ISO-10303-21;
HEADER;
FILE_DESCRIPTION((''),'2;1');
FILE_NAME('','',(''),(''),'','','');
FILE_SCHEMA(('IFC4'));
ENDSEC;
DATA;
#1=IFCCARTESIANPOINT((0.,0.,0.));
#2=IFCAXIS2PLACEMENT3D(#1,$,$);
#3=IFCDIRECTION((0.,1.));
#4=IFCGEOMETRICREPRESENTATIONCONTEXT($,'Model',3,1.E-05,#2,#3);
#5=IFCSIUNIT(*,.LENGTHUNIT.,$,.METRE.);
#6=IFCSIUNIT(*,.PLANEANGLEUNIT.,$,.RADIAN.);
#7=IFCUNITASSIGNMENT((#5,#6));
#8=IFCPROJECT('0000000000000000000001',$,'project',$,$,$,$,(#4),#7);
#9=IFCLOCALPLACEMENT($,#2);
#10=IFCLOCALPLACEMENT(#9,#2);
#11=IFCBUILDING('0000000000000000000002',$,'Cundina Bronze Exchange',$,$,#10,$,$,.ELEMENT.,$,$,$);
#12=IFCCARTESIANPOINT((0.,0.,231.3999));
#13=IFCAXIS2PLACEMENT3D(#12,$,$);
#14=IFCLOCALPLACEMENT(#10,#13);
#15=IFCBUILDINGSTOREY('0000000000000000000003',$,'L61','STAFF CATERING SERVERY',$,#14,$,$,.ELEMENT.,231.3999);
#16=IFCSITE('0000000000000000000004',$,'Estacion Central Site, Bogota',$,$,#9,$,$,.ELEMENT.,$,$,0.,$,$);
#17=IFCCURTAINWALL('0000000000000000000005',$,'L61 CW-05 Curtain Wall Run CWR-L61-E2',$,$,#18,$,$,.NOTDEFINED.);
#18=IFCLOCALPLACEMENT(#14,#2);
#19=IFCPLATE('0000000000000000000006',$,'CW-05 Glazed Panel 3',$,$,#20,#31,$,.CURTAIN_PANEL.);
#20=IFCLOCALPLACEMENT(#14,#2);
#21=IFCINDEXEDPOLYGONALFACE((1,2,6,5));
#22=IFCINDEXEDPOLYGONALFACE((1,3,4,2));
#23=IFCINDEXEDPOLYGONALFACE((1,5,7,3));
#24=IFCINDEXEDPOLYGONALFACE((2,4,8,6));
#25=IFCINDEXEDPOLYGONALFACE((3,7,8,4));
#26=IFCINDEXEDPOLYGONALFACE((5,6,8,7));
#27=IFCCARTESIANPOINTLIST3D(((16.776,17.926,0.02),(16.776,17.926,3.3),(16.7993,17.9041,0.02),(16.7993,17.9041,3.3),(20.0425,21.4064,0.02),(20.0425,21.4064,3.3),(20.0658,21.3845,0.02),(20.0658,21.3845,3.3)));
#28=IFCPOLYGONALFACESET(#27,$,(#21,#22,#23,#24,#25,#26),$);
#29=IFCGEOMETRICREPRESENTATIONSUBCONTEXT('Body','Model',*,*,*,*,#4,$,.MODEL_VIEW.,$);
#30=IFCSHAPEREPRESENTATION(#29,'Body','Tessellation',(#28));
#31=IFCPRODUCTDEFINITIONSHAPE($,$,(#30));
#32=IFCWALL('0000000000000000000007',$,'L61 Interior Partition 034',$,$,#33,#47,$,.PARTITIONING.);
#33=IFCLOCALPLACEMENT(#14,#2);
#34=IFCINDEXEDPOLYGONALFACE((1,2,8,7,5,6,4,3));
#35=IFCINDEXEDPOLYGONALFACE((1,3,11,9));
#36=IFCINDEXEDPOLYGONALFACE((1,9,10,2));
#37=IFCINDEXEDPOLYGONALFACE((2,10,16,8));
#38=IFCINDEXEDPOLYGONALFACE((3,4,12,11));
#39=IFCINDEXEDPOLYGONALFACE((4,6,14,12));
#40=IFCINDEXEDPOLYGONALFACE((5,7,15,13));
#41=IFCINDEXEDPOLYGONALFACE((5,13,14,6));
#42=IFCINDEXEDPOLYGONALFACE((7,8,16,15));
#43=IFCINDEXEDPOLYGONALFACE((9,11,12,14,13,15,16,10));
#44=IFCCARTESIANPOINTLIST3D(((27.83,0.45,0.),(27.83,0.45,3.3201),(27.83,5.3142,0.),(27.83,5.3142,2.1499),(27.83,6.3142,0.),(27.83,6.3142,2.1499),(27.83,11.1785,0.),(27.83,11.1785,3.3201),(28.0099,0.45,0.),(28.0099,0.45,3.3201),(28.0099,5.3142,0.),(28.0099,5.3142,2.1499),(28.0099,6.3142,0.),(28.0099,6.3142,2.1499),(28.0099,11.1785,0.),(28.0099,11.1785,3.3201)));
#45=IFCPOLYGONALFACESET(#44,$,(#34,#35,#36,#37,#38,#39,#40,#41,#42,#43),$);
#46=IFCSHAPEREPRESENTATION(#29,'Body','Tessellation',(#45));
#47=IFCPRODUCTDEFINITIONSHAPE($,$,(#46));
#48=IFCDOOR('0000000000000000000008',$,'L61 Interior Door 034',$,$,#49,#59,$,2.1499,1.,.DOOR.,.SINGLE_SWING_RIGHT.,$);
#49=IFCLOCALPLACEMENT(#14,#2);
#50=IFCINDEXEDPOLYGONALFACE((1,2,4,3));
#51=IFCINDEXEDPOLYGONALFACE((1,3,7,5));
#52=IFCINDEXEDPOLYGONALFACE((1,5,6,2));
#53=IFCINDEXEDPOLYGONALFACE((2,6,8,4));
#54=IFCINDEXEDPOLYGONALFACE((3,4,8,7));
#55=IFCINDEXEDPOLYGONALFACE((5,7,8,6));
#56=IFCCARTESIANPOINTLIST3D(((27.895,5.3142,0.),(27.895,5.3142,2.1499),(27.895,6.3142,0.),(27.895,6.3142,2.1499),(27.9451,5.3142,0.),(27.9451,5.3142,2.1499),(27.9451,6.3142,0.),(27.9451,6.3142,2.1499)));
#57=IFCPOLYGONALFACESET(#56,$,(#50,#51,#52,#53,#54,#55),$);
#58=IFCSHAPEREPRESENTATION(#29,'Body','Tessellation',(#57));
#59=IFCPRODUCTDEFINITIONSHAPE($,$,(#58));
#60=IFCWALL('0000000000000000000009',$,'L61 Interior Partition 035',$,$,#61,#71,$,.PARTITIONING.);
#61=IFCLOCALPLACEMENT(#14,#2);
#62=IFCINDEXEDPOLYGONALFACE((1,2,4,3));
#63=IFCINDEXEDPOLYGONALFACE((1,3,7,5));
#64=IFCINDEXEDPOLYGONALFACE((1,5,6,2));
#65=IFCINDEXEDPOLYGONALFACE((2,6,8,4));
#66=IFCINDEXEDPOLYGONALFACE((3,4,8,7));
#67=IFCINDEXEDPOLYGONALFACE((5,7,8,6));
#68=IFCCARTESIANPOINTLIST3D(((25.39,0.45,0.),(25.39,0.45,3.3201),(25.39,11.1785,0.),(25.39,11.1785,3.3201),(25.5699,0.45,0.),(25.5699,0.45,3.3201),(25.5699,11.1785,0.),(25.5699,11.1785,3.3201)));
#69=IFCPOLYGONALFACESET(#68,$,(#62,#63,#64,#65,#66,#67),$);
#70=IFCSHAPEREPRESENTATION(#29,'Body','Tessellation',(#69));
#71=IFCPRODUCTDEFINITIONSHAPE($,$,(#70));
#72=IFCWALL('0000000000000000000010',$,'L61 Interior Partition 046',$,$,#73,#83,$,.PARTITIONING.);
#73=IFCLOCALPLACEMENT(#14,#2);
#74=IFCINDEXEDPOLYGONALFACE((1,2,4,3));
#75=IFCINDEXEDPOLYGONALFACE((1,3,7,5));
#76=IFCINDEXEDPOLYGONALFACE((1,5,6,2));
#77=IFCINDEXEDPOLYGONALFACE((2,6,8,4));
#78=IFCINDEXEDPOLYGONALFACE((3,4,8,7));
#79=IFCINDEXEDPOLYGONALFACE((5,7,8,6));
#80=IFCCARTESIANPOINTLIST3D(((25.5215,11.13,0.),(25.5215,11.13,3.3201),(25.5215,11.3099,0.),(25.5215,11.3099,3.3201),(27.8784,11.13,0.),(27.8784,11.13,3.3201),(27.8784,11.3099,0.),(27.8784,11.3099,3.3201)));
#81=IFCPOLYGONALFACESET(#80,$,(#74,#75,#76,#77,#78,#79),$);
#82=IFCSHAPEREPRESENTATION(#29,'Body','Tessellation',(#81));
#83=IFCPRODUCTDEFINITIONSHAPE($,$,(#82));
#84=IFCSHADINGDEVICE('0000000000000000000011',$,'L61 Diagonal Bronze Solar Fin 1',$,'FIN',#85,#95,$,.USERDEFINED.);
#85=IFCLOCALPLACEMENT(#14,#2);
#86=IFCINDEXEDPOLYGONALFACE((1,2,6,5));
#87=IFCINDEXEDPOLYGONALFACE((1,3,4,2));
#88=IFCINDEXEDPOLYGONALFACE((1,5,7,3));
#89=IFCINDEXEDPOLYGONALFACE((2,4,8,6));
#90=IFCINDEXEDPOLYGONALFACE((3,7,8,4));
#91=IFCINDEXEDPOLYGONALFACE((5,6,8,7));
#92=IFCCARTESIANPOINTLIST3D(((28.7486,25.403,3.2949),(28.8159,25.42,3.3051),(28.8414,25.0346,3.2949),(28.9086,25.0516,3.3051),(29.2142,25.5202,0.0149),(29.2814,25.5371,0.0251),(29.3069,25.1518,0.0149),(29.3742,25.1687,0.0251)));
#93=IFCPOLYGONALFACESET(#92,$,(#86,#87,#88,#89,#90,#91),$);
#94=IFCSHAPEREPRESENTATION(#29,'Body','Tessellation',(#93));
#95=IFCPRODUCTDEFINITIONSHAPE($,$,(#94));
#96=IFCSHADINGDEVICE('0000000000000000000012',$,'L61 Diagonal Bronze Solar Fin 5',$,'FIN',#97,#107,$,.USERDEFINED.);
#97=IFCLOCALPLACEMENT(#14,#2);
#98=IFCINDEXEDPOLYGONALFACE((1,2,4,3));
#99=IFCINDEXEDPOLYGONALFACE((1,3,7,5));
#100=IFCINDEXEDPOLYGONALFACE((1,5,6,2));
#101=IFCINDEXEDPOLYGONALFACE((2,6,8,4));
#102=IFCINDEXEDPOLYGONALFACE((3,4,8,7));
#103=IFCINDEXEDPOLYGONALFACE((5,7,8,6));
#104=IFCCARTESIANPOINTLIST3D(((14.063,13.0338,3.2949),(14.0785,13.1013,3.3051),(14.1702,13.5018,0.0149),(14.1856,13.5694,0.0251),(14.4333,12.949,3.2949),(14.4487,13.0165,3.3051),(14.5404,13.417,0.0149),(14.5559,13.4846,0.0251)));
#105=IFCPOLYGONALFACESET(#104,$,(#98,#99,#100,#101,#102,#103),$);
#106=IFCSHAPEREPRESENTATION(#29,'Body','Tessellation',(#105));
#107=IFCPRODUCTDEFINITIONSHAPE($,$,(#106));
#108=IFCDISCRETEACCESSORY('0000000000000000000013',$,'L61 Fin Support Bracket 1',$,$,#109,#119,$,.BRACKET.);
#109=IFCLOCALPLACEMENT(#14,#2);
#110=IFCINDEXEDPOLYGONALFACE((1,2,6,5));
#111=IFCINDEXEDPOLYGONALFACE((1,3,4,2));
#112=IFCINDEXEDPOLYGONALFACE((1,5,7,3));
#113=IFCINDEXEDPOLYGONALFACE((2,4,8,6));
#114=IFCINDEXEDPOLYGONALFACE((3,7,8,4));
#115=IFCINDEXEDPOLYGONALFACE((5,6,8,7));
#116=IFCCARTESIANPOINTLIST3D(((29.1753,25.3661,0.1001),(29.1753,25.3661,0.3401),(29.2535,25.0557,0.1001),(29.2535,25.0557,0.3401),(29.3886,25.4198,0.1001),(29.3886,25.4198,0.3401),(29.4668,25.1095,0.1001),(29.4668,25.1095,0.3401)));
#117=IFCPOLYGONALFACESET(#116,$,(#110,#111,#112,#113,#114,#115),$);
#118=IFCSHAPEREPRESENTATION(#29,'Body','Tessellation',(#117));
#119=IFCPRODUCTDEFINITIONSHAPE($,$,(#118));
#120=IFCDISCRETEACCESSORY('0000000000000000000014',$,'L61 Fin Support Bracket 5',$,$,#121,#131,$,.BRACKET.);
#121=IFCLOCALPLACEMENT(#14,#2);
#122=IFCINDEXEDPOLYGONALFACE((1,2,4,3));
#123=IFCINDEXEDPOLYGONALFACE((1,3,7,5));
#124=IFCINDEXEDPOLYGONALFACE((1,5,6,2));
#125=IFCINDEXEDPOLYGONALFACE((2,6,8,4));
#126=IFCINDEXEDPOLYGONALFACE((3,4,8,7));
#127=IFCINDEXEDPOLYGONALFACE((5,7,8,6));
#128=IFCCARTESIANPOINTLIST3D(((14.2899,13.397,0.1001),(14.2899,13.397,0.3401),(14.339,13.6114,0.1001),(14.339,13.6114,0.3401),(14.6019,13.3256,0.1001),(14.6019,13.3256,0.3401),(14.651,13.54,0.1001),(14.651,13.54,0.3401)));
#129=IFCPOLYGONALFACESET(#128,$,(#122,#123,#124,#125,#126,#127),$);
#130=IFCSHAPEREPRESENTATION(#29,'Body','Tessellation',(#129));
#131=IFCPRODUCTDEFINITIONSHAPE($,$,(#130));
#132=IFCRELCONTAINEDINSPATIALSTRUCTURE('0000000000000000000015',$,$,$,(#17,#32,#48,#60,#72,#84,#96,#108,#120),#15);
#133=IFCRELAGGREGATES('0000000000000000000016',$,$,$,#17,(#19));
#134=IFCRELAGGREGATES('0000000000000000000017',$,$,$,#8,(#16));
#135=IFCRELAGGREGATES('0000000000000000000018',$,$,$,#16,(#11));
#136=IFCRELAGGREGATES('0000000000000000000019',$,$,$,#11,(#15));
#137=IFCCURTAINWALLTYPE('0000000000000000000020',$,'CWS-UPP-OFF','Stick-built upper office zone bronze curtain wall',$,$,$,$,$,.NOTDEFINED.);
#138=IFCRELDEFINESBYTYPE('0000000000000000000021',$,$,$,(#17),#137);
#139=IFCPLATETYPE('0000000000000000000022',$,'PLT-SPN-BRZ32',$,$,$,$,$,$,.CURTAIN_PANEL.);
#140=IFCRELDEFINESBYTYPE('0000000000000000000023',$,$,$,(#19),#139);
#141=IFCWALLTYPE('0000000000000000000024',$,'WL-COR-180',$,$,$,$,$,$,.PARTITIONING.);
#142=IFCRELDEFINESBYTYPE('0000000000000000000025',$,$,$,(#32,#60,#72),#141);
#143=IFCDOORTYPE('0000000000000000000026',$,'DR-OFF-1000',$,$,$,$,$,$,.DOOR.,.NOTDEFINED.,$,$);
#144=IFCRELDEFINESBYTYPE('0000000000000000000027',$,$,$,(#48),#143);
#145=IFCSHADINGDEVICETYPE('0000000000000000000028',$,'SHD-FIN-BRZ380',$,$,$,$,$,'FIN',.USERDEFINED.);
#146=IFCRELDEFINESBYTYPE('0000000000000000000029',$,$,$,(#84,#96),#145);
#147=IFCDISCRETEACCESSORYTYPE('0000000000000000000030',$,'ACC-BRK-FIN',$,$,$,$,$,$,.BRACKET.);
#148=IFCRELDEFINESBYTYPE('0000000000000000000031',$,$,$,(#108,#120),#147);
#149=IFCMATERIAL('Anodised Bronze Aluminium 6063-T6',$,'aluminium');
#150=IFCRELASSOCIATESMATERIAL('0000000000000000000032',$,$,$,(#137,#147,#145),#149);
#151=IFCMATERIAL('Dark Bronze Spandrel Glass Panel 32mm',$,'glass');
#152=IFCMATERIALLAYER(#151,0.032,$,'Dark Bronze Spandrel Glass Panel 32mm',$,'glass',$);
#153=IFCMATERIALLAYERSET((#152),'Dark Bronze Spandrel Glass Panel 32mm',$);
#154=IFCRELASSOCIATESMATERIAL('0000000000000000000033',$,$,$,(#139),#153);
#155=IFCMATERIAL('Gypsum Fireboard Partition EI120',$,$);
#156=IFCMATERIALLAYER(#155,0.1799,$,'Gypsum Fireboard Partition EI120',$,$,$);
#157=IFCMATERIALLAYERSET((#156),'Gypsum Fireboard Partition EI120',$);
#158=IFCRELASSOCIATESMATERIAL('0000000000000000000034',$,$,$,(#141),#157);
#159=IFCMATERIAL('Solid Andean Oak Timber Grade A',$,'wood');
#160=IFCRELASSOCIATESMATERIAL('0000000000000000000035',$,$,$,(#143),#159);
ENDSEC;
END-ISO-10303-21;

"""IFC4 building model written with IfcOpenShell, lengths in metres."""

from ifc_helpers import new_model, si_unit, direction, frame, frame_2d, origin, origin_2d, place, context, subcontext, project, spatial, rectangle, extrude, material, layer, layer_set, material_profile, profile_set, type_object, element, fill, aggregate, save


model = new_model("IFC4")

# Units and contexts
model_context = context("Model", 3, precision=1e-05, world=origin(), true_north=direction((0.0, 1.0)))
body_context = subcontext(model_context, "Body", "Model", "MODEL_VIEW")
ifc_project = project(units=[si_unit("LENGTHUNIT", "METRE"), si_unit("PLANEANGLEUNIT", "RADIAN")], contexts=[model_context])

# Site, building, storey
site_placement = place(None, origin())
site = spatial("IfcSite", under=ifc_project, at=site_placement, Name="Estacion Central Site, Bogota", CompositionType="ELEMENT", RefElevation=0.0)
building_placement = place(site_placement, origin())
building = spatial("IfcBuilding", under=site, at=building_placement, Name="Cundina Bronze Exchange", CompositionType="ELEMENT")
storey_placement = place(building_placement, frame((0.0, 0.0, 231.3999)))
storey = spatial("IfcBuildingStorey", under=building, at=storey_placement, Name="L61", Description="STAFF CATERING SERVERY", CompositionType="ELEMENT", Elevation=231.3999)

# Shared definitions
ifc_material_1 = material(Name="Anodised Bronze Aluminium 6063-T6", Category="aluminium")
curtain_wall_type = type_object("IfcCurtainWallType", Name="CWS-UPP-OFF", Description="Stick-built upper office zone bronze curtain wall", PredefinedType="NOTDEFINED", material=ifc_material_1)

# Curtain wall, plate
curtain_wall_1_placement = place(storey_placement, origin())
curtain_wall_1 = element("IfcCurtainWall", 1, at=curtain_wall_1_placement, inside=storey, type_object=curtain_wall_type, Name="L61 CW-05 Curtain Wall Run CWR-L61-E2", PredefinedType="NOTDEFINED")
ifc_material_2 = material(Name="Dark Bronze Spandrel Glass Panel 32mm", Category="glass")
ifc_layer_1 = layer(ifc_material_2, 0.032, Name="Dark Bronze Spandrel Glass Panel 32mm", Category="glass")
ifc_layer_set_1 = layer_set([ifc_layer_1], Name="Dark Bronze Spandrel Glass Panel 32mm")
plate_type_1 = type_object("IfcPlateType", Name="PLT-SPN-BRZ32", PredefinedType="CURTAIN_PANEL", material=ifc_layer_set_1)
plate_1_placement = place(storey_placement, frame((18.4209, 19.6553, 0.02), z_axis=(0.0, 0.0, 1.0), x_axis=(-0.684344, -0.72916, 0.0)))
plate_1 = element("IfcPlate", 2, at=plate_1_placement, type_object=plate_type_1, Name="CW-05 Glazed Panel 3", PredefinedType="CURTAIN_PANEL", context=body_context, shape_type="SweptSolid", body=[
    extrude(rectangle(XDim=4.7732, YDim=0.032, at=origin_2d()), origin(), (0.0, 0.0, 1.0), 3.28),
])
aggregate(curtain_wall_1, [plate_1])

# Wall, opening, door
ifc_material_3 = material(Name="Gypsum Fireboard Partition EI120")
ifc_layer_2 = layer(ifc_material_3, 0.1799, Name="Gypsum Fireboard Partition EI120")
ifc_layer_set_2 = layer_set([ifc_layer_2], Name="Gypsum Fireboard Partition EI120")
wall_type = type_object("IfcWallType", Name="WL-COR-180", PredefinedType="PARTITIONING", material=ifc_layer_set_2)
wall_1_placement = place(storey_placement, frame((27.9199, 0.45, 0.0), z_axis=(0.0, 0.0, 1.0), x_axis=(0.0, 1.0, 0.0)))
wall_1 = element("IfcWall", 3, at=wall_1_placement, inside=storey, type_object=wall_type, Name="L61 Interior Partition 034", PredefinedType="PARTITIONING", context=body_context, shape_type="SweptSolid", body=[
    extrude(rectangle(XDim=10.7285, YDim=0.1799, at=frame_2d((5.3643, 0.0))), origin(), (0.0, 0.0, 1.0), 3.3201),
])
opening_placement = place(wall_1_placement, frame((4.8643, 0.0, 0.0)))
opening = element("IfcOpeningElement", 4, at=opening_placement, cuts=wall_1, PredefinedType="OPENING", context=body_context, shape_type="SweptSolid", body=[
    extrude(rectangle(XDim=1.0, YDim=2.1499, at=frame_2d((0.5, 1.075))), frame((0.0, 0.0999, 0.0), z_axis=(0.0, -1.0, 0.0), x_axis=(1.0, 0.0, 0.0)), (0.0, 0.0, 1.0), 0.2),
])
ifc_material_4 = material(Name="Solid Andean Oak Timber Grade A", Category="wood")
door_type = type_object("IfcDoorType", Name="DR-OFF-1000", OperationType="NOTDEFINED", PredefinedType="DOOR", material=ifc_material_4)
door_placement = place(opening_placement, origin())
door = element("IfcDoor", 5, at=door_placement, inside=storey, type_object=door_type, Name="L61 Interior Door 034", OperationType="SINGLE_SWING_RIGHT", OverallHeight=2.1499, OverallWidth=1.0, PredefinedType="DOOR", context=body_context, shape_type="SweptSolid", body=[
    extrude(rectangle(XDim=1.0, YDim=2.1499, at=frame_2d((0.5, 1.075))), frame((0.0, 0.0249, 0.0), z_axis=(0.0, -1.0, 0.0), x_axis=(1.0, 0.0, 0.0)), (0.0, 0.0, 1.0), 0.05),
])
fill(opening, door)

# Walls
wall_2_placement = place(storey_placement, frame((25.48, 11.1785, 0.0), z_axis=(0.0, 0.0, 1.0), x_axis=(0.0, -1.0, 0.0)))
element("IfcWall", 6, at=wall_2_placement, inside=storey, type_object=wall_type, Name="L61 Interior Partition 035", PredefinedType="PARTITIONING", context=body_context, shape_type="SweptSolid", body=[
    extrude(rectangle(XDim=10.7285, YDim=0.1799, at=frame_2d((5.3643, 0.0))), origin(), (0.0, 0.0, 1.0), 3.3201),
])
wall_3_placement = place(storey_placement, frame((27.8784, 11.22, 0.0), z_axis=(0.0, 0.0, 1.0), x_axis=(-1.0, 0.0, 0.0)))
element("IfcWall", 7, at=wall_3_placement, inside=storey, type_object=wall_type, Name="L61 Interior Partition 046", PredefinedType="PARTITIONING", context=body_context, shape_type="SweptSolid", body=[
    extrude(rectangle(XDim=2.3569, YDim=0.1799, at=frame_2d((1.1785, 0.0))), origin(), (0.0, 0.0, 1.0), 3.3201),
])

# Shading devices
ifc_material_profile_1 = material_profile(ifc_material_1, rectangle(XDim=0.0701, YDim=0.3799, at=origin_2d()), Name="FIN70X380", Category="aluminium")
ifc_profile_set_1 = profile_set([ifc_material_profile_1], Name="Anodised Bronze Aluminium 6063-T6")
shading_device_type = type_object("IfcShadingDeviceType", Name="SHD-FIN-BRZ380", ElementType="FIN", PredefinedType="USERDEFINED", material=ifc_profile_set_1)
for number, where, z_axis, x_axis, name in (
    (8, (29.2942, 25.3445, 0.02), (-0.140446, -0.035351, 0.989457), (0.959528, 0.241517, 0.144827), "L61 Diagonal Bronze Solar Fin 1"),
    (9, (14.363, 13.4932, 0.02), (-0.032331, -0.141182, 0.989456), (0.220871, 0.964488, 0.144837), "L61 Diagonal Bronze Solar Fin 5"),
):
    element("IfcShadingDevice", number, at=place(storey_placement, frame(where, z_axis=z_axis, x_axis=x_axis)), inside=storey, type_object=shading_device_type, Name=name, ObjectType="FIN", PredefinedType="USERDEFINED", context=body_context, shape_type="SweptSolid", body=[
        extrude(rectangle(XDim=0.0701, YDim=0.3799, at=origin_2d()), origin(), (0.0, 0.0, 1.0), 3.3149),
    ])

# Discrete accessories
discrete_accessory_type = type_object("IfcDiscreteAccessoryType", Name="ACC-BRK-FIN", PredefinedType="BRACKET", material=ifc_material_1)
for number, where, z_axis, x_axis, name in (
    (10, (29.321, 25.2378, 0.1001), (0.0, 0.0, 1.0), (-0.969732, -0.244174, 0.0), "L61 Fin Support Bracket 1"),
    (11, (14.4705, 13.4685, 0.1001), (0.0, 0.0, 1.0), (-0.223284, -0.974753, 0.0), "L61 Fin Support Bracket 5"),
):
    element("IfcDiscreteAccessory", number, at=place(storey_placement, frame(where, z_axis=z_axis, x_axis=x_axis)), inside=storey, type_object=discrete_accessory_type, Name=name, PredefinedType="BRACKET", context=body_context, shape_type="SweptSolid", body=[
        extrude(rectangle(XDim=0.22, YDim=0.3201, at=origin_2d()), origin(), (0.0, 0.0, 1.0), 0.24),
    ])

save(model, "model.ifc")
